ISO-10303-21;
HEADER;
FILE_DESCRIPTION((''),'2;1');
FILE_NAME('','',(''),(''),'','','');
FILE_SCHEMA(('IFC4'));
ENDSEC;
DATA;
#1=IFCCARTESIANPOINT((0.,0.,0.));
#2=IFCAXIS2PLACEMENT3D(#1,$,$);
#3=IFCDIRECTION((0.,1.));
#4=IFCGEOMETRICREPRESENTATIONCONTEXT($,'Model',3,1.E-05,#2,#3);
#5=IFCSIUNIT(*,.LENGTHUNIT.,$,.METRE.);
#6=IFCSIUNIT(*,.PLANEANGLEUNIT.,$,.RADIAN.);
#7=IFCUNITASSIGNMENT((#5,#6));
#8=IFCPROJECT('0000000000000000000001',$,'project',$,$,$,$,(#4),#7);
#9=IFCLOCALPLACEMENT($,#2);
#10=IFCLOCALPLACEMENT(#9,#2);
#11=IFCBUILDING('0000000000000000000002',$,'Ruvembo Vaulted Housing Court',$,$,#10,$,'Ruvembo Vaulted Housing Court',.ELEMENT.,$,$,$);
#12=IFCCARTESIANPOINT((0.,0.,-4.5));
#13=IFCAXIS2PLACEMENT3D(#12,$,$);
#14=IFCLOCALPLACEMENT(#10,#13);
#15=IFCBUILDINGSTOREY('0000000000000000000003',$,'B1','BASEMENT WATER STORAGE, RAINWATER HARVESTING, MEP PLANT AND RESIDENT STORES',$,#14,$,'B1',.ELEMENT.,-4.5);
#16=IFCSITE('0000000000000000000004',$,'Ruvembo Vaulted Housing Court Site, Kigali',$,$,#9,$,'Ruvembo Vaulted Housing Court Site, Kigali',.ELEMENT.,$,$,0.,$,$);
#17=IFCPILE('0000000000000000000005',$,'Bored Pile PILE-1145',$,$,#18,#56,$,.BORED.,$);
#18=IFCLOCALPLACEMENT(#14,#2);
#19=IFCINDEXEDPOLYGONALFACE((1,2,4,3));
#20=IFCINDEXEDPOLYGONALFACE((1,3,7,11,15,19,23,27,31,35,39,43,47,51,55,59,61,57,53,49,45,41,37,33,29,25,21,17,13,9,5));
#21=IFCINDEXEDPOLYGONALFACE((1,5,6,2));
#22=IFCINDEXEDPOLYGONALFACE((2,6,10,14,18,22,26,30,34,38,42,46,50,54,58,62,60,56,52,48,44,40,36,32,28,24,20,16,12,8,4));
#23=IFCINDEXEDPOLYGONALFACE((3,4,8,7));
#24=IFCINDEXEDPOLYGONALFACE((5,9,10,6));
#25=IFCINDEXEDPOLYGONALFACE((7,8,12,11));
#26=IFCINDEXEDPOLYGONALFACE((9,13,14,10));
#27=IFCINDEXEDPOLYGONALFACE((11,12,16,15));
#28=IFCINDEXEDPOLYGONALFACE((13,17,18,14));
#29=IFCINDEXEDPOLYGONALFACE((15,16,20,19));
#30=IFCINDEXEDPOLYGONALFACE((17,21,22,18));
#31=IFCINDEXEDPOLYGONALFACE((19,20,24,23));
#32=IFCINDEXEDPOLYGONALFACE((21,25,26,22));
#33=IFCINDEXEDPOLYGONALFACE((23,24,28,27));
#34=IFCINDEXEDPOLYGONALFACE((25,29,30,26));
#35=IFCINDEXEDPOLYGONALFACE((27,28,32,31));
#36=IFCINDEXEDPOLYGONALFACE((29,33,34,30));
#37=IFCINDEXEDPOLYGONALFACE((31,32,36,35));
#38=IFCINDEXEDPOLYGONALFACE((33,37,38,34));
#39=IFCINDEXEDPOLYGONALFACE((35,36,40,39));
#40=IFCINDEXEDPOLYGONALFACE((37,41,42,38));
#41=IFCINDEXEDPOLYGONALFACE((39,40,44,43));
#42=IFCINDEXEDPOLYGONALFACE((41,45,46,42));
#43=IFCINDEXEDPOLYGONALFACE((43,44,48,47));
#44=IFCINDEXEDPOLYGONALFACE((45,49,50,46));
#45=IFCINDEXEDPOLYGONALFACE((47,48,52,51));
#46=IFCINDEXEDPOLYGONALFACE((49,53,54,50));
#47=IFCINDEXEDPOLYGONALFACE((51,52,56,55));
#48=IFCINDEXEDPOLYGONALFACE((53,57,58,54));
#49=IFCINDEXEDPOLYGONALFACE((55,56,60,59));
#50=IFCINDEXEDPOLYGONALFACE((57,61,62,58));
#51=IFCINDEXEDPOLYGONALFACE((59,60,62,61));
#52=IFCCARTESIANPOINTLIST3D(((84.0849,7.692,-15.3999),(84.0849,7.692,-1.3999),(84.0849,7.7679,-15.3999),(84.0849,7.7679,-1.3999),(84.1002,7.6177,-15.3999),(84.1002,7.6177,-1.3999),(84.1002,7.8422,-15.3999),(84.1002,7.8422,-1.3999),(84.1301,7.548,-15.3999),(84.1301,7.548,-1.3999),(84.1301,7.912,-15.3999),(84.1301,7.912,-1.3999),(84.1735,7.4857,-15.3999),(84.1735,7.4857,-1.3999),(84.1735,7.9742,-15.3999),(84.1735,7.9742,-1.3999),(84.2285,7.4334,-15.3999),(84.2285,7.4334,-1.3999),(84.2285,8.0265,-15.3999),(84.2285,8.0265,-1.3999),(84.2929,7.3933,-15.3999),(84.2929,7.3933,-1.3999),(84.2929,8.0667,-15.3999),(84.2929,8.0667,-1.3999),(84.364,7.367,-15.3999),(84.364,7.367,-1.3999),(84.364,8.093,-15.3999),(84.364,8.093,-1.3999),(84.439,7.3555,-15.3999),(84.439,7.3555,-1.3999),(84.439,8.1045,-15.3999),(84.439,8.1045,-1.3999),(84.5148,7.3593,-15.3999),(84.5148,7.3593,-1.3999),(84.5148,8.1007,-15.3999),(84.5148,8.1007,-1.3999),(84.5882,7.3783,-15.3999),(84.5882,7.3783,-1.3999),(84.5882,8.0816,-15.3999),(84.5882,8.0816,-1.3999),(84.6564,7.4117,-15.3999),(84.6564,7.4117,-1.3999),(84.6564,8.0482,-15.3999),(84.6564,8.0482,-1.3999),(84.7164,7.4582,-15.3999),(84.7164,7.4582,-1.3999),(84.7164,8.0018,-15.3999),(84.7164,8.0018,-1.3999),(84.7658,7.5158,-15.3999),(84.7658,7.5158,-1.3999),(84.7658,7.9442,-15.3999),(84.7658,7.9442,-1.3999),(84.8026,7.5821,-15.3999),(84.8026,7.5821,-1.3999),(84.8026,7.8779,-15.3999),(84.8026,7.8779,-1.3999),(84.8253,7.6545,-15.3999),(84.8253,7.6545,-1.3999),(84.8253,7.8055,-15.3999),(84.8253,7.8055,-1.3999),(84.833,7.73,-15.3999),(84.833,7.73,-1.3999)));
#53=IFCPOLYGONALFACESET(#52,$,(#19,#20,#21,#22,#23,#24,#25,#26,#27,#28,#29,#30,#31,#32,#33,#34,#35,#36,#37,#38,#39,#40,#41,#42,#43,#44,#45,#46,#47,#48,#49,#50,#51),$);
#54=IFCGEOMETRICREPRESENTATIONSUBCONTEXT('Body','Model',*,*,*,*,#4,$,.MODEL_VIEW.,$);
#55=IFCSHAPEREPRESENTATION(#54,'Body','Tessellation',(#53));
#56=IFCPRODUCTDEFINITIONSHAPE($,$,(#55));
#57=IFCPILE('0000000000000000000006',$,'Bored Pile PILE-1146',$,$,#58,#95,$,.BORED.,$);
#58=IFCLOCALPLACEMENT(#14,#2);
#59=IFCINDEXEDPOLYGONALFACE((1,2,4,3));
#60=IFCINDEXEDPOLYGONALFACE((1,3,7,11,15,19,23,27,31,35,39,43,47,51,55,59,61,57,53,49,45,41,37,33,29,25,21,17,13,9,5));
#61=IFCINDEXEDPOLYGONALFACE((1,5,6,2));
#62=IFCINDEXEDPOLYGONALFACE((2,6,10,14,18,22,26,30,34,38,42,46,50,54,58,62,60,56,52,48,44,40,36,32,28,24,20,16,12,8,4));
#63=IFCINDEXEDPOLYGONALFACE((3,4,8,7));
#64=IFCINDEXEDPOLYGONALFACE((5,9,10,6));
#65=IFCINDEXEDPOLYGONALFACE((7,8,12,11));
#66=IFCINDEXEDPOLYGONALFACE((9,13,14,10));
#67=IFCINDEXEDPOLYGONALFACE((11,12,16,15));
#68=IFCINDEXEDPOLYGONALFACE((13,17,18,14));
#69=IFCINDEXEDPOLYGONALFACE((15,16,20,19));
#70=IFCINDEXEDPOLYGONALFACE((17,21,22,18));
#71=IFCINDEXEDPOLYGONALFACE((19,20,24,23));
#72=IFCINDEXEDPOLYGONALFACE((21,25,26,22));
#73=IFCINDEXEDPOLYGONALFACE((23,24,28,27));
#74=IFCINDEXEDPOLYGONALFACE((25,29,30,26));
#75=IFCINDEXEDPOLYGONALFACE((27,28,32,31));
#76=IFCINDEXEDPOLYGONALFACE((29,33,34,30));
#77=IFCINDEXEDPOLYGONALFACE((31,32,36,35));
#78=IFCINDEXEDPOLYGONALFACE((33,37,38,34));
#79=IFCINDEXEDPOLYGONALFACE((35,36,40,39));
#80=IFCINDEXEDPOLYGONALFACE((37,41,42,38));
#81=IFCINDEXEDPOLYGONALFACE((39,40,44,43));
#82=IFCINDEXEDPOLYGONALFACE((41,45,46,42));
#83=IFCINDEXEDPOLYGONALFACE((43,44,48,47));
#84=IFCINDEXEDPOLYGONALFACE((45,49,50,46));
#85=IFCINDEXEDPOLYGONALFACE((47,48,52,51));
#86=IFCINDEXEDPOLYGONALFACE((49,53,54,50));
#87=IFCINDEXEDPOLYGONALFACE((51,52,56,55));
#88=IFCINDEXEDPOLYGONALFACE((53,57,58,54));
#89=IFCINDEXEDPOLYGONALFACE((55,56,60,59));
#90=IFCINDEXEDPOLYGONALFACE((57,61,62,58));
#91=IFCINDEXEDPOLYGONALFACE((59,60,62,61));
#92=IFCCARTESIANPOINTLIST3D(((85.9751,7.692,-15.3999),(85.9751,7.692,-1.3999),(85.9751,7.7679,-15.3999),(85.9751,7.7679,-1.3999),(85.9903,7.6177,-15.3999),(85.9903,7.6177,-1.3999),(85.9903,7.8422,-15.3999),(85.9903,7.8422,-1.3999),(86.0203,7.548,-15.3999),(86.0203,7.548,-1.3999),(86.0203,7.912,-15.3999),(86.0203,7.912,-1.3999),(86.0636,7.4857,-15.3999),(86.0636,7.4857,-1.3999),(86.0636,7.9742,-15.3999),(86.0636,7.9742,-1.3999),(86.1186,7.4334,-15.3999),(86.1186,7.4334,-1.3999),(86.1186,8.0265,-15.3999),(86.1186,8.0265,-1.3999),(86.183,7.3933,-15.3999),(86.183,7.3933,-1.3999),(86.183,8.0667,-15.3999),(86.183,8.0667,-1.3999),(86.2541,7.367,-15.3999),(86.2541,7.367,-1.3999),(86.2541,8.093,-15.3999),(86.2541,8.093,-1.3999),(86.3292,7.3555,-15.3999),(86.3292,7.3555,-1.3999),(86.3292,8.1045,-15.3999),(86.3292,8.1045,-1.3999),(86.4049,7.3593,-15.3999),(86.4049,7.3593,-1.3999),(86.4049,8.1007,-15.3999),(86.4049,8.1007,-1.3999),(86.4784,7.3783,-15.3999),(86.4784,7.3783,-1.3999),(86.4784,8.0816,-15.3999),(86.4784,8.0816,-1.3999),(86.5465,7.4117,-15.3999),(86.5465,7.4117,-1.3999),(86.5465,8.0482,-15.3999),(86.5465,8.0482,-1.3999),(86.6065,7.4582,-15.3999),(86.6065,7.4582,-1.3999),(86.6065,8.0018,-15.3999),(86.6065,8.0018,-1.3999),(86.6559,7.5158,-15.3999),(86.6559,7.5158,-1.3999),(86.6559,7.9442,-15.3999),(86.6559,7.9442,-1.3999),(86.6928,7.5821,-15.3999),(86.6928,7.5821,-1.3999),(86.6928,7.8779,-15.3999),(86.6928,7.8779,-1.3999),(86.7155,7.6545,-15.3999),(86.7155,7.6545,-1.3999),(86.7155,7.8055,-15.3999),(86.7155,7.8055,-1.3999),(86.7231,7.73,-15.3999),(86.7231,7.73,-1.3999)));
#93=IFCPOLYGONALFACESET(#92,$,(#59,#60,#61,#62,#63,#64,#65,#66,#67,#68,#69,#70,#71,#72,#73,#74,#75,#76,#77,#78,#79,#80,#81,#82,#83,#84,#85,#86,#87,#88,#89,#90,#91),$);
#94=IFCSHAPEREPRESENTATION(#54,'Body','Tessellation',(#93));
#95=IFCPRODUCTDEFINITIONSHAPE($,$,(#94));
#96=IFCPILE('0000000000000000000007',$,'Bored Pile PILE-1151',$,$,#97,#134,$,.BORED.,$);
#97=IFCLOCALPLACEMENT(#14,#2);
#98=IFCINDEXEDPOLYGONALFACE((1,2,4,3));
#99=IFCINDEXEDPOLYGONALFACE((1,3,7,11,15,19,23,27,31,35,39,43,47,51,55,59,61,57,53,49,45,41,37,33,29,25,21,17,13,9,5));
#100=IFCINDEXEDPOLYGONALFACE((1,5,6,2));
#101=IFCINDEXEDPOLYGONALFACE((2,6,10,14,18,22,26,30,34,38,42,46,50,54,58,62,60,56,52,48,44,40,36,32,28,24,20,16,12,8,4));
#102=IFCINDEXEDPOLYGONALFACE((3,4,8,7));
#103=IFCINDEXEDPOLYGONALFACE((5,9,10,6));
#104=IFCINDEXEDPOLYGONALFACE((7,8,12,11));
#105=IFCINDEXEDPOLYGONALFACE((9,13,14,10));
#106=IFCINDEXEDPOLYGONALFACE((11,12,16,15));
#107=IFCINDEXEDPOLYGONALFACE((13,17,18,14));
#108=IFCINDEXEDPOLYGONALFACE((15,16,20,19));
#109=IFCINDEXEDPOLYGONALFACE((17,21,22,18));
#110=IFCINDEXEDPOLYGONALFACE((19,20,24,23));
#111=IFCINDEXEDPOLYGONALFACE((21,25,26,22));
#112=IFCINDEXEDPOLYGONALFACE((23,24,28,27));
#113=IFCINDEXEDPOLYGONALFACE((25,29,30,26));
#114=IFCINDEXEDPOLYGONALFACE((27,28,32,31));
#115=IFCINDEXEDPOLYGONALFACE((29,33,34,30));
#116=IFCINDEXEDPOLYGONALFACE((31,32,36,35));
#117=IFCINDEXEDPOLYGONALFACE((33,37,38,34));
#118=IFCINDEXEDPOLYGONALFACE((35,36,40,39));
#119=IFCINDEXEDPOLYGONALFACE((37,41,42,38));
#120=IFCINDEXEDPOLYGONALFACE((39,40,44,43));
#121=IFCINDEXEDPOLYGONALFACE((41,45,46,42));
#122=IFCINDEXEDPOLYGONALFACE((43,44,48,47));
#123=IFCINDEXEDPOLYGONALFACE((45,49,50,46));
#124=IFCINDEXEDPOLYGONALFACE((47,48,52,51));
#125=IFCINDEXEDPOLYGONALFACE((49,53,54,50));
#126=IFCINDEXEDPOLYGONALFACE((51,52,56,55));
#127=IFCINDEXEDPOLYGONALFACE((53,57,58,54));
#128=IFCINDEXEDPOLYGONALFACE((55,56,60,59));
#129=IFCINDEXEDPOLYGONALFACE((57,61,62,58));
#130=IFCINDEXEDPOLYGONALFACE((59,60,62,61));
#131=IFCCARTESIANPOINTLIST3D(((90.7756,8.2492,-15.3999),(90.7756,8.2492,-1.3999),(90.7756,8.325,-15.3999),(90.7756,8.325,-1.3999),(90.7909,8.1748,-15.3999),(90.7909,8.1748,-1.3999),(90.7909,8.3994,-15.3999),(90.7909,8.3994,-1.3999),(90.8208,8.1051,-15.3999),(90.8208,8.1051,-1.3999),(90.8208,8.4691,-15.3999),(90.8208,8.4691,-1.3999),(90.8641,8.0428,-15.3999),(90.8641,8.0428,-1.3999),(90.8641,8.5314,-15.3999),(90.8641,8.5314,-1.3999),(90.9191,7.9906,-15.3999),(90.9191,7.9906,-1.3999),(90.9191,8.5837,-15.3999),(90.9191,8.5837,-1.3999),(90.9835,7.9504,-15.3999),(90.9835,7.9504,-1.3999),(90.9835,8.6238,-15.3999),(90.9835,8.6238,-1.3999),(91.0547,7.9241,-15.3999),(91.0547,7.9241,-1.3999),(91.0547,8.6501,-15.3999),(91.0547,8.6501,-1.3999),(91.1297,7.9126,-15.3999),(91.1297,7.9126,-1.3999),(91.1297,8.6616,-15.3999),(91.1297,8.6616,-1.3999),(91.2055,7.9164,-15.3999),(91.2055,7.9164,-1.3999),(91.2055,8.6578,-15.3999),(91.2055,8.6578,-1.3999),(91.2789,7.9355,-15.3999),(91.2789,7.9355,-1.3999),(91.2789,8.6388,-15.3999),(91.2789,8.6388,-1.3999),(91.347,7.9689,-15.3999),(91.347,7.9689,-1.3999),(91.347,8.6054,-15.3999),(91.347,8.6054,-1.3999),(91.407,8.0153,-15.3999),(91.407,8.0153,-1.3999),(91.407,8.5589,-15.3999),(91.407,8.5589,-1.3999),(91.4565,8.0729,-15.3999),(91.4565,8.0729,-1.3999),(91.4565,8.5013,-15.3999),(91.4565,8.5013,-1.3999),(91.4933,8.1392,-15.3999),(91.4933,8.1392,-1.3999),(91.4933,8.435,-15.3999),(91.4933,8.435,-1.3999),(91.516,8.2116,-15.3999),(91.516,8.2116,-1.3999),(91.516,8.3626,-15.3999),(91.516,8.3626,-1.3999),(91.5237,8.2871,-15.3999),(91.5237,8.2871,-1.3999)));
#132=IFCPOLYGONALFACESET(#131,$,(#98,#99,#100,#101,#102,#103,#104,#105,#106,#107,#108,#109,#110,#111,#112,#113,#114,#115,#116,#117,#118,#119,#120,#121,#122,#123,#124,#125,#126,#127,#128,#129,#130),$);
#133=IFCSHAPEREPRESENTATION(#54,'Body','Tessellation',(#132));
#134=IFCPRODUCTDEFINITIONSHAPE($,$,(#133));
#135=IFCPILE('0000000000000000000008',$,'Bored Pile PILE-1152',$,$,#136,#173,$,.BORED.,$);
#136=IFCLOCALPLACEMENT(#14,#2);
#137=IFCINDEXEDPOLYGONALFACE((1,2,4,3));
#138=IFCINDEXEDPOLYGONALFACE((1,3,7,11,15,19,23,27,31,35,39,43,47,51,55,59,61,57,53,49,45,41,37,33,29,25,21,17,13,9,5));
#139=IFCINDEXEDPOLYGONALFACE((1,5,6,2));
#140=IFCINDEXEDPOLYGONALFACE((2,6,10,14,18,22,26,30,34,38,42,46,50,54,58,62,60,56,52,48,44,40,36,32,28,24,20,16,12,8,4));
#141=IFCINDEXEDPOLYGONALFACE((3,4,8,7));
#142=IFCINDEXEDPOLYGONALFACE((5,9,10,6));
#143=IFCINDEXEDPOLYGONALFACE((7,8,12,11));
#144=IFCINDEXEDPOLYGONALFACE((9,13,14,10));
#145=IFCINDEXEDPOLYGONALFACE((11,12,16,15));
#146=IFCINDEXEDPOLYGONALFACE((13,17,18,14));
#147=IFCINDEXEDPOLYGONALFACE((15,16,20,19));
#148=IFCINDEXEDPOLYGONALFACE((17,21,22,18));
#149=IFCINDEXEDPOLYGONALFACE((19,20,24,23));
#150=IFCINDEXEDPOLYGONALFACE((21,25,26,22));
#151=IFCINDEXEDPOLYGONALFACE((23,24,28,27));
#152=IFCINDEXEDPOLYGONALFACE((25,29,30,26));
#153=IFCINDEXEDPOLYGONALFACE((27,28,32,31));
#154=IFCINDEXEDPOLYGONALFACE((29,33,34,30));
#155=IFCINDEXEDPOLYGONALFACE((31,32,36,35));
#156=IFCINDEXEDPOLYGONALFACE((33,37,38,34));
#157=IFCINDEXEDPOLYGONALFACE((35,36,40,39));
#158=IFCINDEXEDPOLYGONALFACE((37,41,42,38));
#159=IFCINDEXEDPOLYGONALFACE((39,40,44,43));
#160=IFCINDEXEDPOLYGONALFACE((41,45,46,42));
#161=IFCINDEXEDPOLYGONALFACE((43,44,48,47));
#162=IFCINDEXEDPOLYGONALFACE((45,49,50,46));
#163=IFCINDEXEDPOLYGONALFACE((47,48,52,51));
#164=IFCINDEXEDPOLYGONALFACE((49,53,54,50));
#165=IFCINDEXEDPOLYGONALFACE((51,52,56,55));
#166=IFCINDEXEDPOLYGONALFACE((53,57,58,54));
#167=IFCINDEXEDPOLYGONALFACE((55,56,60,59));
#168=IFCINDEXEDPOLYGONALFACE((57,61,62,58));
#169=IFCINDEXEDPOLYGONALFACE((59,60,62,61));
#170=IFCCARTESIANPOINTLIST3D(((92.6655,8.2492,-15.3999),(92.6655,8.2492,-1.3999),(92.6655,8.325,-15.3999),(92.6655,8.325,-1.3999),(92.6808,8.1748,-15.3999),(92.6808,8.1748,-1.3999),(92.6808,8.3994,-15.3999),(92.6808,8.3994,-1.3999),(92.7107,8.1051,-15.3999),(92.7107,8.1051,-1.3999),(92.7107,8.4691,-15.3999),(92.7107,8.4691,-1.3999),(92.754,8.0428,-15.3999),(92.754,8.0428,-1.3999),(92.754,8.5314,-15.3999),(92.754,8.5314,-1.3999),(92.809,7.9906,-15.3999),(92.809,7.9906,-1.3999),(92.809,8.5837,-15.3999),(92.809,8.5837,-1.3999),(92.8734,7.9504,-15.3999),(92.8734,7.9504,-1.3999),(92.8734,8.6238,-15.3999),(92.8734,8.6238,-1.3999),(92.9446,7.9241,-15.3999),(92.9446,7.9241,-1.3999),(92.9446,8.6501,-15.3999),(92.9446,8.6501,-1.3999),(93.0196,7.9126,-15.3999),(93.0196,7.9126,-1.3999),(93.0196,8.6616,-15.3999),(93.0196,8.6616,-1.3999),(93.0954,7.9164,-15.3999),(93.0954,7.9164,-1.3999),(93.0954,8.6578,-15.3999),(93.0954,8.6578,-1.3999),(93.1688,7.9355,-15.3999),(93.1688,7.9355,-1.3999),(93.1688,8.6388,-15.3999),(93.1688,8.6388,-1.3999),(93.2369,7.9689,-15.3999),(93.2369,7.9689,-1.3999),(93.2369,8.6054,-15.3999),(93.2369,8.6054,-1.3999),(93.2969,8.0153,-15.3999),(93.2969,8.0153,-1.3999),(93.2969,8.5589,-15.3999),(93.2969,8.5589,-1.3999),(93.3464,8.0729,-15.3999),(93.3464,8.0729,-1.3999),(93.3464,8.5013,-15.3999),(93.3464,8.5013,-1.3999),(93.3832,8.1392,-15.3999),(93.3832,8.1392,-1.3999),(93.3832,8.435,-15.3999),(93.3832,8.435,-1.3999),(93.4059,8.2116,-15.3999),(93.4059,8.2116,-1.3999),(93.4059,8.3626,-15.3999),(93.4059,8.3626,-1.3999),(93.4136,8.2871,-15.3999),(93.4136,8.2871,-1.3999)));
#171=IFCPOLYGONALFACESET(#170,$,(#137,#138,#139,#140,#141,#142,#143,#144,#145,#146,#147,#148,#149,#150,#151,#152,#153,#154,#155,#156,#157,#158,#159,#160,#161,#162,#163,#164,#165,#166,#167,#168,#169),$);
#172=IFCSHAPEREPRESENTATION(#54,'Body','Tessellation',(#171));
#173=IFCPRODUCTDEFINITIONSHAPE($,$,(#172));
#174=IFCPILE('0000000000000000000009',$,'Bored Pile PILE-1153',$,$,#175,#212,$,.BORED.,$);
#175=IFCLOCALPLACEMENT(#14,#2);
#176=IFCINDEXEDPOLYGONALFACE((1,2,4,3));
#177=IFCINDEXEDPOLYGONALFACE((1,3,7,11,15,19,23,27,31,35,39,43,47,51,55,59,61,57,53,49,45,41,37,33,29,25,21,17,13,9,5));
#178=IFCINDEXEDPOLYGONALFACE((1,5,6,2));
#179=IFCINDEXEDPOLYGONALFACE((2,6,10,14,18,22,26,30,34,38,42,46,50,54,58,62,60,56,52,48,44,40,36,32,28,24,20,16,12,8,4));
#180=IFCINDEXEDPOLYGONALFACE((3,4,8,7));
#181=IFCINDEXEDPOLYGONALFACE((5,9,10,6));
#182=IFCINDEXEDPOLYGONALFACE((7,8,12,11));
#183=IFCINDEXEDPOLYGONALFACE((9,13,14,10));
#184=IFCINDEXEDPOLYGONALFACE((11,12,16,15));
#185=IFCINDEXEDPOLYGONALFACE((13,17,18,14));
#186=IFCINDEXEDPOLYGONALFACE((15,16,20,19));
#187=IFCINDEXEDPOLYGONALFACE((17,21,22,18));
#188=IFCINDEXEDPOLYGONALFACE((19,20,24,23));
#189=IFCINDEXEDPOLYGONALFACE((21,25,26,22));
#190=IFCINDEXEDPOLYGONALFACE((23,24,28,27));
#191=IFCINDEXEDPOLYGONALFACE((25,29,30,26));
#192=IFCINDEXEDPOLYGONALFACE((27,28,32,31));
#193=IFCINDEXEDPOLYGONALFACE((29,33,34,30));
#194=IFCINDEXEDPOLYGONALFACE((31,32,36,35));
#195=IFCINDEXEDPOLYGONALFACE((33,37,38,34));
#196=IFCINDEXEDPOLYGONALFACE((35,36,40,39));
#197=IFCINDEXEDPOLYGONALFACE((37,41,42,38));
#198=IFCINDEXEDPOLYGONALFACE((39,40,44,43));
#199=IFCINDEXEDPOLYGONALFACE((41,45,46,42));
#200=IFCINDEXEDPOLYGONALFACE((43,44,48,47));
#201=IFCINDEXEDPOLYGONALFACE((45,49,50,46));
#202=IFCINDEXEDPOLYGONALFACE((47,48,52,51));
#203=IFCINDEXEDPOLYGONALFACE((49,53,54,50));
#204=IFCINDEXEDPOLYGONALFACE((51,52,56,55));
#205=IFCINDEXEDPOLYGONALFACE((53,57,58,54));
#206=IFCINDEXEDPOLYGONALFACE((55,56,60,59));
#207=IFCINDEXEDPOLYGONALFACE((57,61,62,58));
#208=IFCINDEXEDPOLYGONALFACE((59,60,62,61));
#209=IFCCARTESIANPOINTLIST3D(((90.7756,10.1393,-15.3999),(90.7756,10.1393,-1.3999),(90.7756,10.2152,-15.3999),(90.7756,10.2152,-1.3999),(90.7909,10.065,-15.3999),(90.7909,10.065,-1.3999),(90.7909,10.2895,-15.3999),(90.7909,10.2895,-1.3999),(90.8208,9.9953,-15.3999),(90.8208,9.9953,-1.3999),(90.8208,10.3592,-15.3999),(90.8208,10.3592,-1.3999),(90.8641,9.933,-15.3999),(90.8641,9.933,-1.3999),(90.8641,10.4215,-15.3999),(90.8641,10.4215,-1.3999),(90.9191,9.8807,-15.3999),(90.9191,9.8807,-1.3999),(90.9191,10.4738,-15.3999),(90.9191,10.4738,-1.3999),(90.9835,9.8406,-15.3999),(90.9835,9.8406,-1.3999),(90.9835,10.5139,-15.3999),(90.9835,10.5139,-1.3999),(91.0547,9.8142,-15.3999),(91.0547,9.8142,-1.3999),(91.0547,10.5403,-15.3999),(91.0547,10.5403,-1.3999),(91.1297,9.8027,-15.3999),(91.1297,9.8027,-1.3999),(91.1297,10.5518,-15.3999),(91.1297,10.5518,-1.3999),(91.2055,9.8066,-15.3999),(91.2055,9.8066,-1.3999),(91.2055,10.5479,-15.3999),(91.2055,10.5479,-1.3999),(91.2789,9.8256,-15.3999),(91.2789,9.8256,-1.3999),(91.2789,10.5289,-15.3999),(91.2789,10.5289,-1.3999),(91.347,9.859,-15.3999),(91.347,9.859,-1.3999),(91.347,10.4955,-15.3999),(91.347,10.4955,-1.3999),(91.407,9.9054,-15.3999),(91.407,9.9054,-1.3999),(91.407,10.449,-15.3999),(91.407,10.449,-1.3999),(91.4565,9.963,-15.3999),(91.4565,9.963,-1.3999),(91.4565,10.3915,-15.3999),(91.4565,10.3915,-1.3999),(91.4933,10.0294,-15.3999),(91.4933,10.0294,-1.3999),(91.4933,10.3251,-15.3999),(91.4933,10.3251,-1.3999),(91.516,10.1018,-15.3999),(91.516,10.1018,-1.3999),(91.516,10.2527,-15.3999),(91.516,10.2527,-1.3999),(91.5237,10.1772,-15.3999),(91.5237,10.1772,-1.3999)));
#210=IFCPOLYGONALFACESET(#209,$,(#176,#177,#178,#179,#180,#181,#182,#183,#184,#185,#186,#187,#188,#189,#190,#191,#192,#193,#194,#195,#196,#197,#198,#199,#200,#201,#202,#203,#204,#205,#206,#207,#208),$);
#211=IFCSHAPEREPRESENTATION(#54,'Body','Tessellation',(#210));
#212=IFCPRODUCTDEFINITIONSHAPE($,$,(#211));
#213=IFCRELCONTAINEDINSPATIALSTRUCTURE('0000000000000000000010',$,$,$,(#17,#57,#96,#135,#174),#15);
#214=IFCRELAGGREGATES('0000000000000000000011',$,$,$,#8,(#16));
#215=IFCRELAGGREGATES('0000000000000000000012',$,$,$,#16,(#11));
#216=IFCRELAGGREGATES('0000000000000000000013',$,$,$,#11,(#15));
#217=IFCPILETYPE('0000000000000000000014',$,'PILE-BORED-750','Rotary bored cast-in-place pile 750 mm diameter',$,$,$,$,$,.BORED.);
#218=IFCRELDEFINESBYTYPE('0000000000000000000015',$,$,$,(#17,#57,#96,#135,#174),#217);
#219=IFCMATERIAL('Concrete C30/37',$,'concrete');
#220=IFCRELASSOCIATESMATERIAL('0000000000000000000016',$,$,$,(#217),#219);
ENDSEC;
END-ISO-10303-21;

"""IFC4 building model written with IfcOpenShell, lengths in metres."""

from ifc_helpers import new_model, si_unit, direction, frame, origin, origin_2d, place, context, subcontext, project, spatial, circle, extrude, material, material_profile, profile_set, type_object, element, save


model = new_model("IFC4")

# Units and contexts
model_context = context("Model", 3, precision=1e-05, world=origin(), true_north=direction((0.0, 1.0)))
body_context = subcontext(model_context, "Body", "Model", "MODEL_VIEW")
ifc_project = project(units=[si_unit("LENGTHUNIT", "METRE"), si_unit("PLANEANGLEUNIT", "RADIAN")], contexts=[model_context])

# Site, building, storey
site_placement = place(None, origin())
site = spatial("IfcSite", under=ifc_project, at=site_placement, Name="Ruvembo Vaulted Housing Court Site, Kigali", LongName="Ruvembo Vaulted Housing Court Site, Kigali", CompositionType="ELEMENT", RefElevation=0.0)
building_placement = place(site_placement, origin())
building = spatial("IfcBuilding", under=site, at=building_placement, Name="Ruvembo Vaulted Housing Court", LongName="Ruvembo Vaulted Housing Court", CompositionType="ELEMENT")
storey_placement = place(building_placement, frame((0.0, 0.0, -4.5)))
storey = spatial("IfcBuildingStorey", under=building, at=storey_placement, Name="B1", Description="BASEMENT WATER STORAGE, RAINWATER HARVESTING, MEP PLANT AND RESIDENT STORES", LongName="B1", CompositionType="ELEMENT", Elevation=-4.5)

# Piles
ifc_material_1 = material(Name="Concrete C30/37", Category="concrete")
ifc_material_profile_1 = material_profile(ifc_material_1, circle(Radius=0.375, at=origin_2d()), Name="PILE D750")
ifc_profile_set_1 = profile_set([ifc_material_profile_1], Name="Concrete C30/37")
pile_type = type_object("IfcPileType", Name="PILE-BORED-750", Description="Rotary bored cast-in-place pile 750 mm diameter", PredefinedType="BORED", material=ifc_profile_set_1)
for number, where, z_axis, x_axis, name in (
    (1, (84.458, 7.73, -1.3999), (0.0, 0.0, -1.0), (1.0, 0.0, 0.0), "Bored Pile PILE-1145"),
    (2, (86.3481, 7.73, -1.3999), (0.0, 0.0, -1.0), (1.0, 0.0, 0.0), "Bored Pile PILE-1146"),
    (3, (91.1487, 8.2871, -1.3999), (0.0, 0.0, -1.0), (1.0, 0.0, 0.0), "Bored Pile PILE-1151"),
    (4, (93.0386, 8.2871, -1.3999), (0.0, 0.0, -1.0), (1.0, 0.0, 0.0), "Bored Pile PILE-1152"),
    (5, (91.1487, 10.1772, -1.3999), (0.0, 0.0, -1.0), (1.0, 0.0, 0.0), "Bored Pile PILE-1153"),
):
    element("IfcPile", number, at=place(storey_placement, frame(where, z_axis=z_axis, x_axis=x_axis)), inside=storey, type_object=pile_type, Name=name, PredefinedType="BORED", context=body_context, shape_type="SweptSolid", body=[
        extrude(circle(Radius=0.375, at=origin_2d()), origin(), (0.0, 0.0, 1.0), 14.0),
    ])

save(model, "model.ifc")
